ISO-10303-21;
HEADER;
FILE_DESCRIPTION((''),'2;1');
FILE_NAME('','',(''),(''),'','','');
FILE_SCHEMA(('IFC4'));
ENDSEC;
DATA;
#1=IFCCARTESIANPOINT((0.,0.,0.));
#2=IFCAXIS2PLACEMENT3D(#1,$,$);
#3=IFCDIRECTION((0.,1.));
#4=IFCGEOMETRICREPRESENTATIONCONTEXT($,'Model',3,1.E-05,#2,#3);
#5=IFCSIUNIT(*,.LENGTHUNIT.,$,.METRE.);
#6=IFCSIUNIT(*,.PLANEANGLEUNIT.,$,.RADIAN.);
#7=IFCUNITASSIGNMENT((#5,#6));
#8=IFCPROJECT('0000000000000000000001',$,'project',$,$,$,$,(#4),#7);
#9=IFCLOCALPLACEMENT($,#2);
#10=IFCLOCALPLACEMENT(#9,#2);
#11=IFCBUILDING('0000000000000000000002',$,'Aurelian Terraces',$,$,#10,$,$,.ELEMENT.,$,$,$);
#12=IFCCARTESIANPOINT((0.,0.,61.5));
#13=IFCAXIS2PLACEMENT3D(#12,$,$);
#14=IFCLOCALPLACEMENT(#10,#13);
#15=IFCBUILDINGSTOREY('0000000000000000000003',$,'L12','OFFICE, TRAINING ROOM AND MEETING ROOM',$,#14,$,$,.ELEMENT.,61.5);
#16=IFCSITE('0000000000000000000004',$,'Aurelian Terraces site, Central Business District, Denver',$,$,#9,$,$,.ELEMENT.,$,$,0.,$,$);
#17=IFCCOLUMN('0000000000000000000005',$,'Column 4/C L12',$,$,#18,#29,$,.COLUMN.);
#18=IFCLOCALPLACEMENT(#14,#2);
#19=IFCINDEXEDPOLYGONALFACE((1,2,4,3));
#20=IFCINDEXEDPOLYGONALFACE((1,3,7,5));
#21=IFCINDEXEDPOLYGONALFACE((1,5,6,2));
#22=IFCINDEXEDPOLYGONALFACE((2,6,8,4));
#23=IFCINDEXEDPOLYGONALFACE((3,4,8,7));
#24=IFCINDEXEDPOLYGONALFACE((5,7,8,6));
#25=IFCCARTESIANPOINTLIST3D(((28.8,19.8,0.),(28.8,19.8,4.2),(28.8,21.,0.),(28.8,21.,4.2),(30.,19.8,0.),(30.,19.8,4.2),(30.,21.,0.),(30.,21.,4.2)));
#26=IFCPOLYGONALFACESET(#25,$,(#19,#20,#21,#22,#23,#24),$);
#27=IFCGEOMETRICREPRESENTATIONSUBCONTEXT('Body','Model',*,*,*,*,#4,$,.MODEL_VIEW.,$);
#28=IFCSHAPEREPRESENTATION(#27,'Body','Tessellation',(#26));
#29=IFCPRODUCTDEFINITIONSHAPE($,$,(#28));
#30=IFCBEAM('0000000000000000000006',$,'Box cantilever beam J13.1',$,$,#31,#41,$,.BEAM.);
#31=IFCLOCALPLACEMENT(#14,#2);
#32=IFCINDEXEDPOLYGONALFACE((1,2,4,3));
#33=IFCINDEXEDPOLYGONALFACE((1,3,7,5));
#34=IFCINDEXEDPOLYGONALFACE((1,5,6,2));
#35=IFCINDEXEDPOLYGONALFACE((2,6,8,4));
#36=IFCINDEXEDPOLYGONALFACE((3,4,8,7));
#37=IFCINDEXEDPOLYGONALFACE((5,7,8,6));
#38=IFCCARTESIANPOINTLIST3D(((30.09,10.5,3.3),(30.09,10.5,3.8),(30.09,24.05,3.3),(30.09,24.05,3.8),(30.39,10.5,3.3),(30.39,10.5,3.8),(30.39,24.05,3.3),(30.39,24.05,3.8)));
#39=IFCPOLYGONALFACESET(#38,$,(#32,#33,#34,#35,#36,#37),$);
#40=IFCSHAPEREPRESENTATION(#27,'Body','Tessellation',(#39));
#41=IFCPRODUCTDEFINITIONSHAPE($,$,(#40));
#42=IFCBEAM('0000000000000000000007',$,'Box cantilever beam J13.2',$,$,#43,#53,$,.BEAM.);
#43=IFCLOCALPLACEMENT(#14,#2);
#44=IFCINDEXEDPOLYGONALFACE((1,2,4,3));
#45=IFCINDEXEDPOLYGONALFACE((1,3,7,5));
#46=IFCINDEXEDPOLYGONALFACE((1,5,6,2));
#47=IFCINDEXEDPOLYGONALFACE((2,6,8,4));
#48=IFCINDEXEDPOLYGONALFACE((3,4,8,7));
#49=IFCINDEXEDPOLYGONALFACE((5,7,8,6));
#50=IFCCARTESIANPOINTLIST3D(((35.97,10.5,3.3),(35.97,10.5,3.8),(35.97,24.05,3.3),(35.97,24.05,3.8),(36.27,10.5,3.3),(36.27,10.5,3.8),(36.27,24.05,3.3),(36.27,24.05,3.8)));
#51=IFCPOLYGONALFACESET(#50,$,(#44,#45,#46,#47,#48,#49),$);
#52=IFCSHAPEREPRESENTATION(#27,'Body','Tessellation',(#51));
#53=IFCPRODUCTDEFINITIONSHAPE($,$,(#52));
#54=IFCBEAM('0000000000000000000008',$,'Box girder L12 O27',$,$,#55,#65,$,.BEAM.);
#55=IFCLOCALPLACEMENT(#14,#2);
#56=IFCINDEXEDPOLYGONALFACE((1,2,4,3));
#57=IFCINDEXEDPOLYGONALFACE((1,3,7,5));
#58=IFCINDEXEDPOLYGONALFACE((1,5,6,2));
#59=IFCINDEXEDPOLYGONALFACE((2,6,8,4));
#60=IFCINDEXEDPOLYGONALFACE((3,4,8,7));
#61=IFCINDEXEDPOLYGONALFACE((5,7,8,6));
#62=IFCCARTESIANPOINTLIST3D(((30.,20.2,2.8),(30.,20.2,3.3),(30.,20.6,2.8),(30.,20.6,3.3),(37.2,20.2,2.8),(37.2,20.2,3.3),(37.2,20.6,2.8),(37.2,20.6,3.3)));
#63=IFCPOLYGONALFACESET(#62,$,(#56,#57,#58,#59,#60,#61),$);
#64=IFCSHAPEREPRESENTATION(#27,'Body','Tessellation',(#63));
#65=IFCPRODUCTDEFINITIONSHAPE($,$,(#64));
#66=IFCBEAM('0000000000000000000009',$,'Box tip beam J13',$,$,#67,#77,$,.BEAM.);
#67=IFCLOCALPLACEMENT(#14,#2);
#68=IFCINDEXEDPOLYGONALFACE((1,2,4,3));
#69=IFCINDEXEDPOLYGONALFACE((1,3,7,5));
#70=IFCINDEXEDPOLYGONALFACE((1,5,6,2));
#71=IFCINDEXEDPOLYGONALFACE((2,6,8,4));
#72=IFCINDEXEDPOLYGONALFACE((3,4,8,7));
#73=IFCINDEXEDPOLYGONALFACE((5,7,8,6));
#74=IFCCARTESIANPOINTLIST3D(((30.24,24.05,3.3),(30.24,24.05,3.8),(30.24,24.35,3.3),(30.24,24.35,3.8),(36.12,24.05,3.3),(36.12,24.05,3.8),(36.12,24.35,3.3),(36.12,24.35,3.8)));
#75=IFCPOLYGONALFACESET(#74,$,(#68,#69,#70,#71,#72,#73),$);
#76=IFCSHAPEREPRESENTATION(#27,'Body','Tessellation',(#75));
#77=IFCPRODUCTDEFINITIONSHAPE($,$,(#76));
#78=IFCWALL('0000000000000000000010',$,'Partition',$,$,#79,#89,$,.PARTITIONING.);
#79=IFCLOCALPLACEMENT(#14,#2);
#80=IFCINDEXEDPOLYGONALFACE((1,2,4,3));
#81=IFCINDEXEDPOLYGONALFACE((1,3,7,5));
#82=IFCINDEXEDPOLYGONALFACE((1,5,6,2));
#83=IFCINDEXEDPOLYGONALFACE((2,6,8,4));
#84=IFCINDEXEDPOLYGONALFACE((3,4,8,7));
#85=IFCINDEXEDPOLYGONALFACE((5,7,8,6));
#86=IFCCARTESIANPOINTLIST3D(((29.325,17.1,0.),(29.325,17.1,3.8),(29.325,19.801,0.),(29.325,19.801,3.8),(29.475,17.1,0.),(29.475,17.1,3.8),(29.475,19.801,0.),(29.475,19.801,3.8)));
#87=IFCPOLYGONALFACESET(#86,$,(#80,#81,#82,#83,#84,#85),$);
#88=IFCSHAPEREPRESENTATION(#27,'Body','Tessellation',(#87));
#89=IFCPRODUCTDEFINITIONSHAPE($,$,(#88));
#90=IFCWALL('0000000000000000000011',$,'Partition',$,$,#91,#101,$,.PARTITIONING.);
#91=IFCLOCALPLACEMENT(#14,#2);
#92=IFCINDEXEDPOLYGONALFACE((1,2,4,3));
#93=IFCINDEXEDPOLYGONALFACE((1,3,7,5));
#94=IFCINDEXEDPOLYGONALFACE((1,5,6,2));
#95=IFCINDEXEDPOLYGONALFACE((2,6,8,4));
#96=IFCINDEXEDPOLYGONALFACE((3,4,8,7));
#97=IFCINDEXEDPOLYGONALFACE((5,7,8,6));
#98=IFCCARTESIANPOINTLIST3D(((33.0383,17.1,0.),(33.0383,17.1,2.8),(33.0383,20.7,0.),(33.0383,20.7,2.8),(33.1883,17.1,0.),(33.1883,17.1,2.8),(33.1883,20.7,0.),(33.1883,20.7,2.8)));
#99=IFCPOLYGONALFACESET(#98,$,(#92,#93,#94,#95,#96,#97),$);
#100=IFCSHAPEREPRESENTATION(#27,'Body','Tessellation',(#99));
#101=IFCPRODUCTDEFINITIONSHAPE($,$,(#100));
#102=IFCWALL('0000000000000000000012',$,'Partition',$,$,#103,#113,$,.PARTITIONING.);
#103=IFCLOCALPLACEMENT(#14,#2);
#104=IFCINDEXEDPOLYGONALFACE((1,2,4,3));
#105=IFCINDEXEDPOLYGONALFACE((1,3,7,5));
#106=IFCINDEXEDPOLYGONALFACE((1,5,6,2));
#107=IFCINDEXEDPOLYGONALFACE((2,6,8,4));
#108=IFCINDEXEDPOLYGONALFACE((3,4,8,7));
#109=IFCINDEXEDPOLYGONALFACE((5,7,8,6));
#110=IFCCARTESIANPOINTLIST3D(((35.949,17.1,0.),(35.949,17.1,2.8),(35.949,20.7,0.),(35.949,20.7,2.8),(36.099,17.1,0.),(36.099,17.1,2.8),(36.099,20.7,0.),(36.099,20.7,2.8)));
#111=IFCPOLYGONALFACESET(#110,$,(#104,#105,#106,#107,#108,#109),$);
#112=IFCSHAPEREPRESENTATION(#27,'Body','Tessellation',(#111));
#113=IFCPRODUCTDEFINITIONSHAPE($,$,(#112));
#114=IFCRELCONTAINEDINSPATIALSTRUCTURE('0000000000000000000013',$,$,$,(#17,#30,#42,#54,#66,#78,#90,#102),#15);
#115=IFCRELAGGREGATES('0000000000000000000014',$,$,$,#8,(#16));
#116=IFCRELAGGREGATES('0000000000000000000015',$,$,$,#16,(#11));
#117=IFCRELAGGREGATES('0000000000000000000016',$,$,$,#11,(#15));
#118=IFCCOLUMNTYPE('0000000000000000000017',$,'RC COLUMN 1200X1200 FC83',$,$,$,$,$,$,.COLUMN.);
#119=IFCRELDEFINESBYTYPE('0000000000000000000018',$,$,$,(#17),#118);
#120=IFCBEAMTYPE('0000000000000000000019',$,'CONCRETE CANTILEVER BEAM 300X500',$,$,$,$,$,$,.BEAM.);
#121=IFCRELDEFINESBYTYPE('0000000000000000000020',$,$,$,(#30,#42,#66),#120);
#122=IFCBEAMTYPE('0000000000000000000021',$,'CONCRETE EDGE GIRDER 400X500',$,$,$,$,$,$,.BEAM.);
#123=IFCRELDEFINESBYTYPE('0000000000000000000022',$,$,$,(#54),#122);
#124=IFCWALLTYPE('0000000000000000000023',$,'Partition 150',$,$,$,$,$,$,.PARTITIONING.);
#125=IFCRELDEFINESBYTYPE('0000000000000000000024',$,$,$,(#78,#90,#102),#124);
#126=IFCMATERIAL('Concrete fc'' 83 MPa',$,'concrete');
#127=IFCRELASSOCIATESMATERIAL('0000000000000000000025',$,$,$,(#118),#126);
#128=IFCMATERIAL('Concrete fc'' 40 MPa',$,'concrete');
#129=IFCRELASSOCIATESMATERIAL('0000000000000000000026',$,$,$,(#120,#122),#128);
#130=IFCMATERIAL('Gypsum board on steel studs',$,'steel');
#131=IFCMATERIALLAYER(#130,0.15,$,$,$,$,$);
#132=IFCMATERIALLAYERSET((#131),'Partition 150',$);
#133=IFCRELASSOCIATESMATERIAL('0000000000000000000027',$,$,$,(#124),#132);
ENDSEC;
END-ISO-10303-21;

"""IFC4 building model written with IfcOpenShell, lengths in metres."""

from ifc_helpers import new_model, si_unit, direction, frame, frame_2d, origin, origin_2d, place, context, subcontext, project, spatial, rectangle, extrude, source, transform, mapped, material, layer, layer_set, material_profile, profile_set, type_object, element, save


model = new_model("IFC4")

# Units and contexts
model_context = context("Model", 3, precision=1e-05, world=origin(), true_north=direction((0.0, 1.0)))
body_context = subcontext(model_context, "Body", "Model", "MODEL_VIEW")
ifc_project = project(units=[si_unit("LENGTHUNIT", "METRE"), si_unit("PLANEANGLEUNIT", "RADIAN")], contexts=[model_context])

# Site, building, storey
site_placement = place(None, origin())
site = spatial("IfcSite", under=ifc_project, at=site_placement, Name="Aurelian Terraces site, Central Business District, Denver", CompositionType="ELEMENT", RefElevation=0.0)
building_placement = place(site_placement, origin())
building = spatial("IfcBuilding", under=site, at=building_placement, Name="Aurelian Terraces", CompositionType="ELEMENT")
storey_placement = place(building_placement, frame((0.0, 0.0, 61.5)))
storey = spatial("IfcBuildingStorey", under=building, at=storey_placement, Name="L12", Description="OFFICE, TRAINING ROOM AND MEETING ROOM", CompositionType="ELEMENT", Elevation=61.5)

# Column
ifc_material_1 = material(Name="Concrete fc' 83 MPa", Category="concrete")
ifc_material_profile_1 = material_profile(ifc_material_1, rectangle(XDim=1.2, YDim=1.2, at=origin_2d()))
ifc_profile_set_1 = profile_set([ifc_material_profile_1], Name="Concrete fc' 83 MPa")
column_type = type_object("IfcColumnType", Name="RC COLUMN 1200X1200 FC83", PredefinedType="COLUMN", material=ifc_profile_set_1)
shared_shape_1 = source(origin(), body_context, "Body", "SweptSolid", [
    extrude(rectangle(XDim=1.2, YDim=1.2, at=origin_2d()), origin(), (0.0, 0.0, 1.0), 4.2),
])
column_placement = place(storey_placement, frame((29.4, 20.4, 0.0), z_axis=(0.0, 0.0, 1.0), x_axis=(1.0, 0.0, 0.0)))
element("IfcColumn", 1, at=column_placement, inside=storey, type_object=column_type, Name="Column 4/C L12", PredefinedType="COLUMN", context=body_context, shape_type="MappedRepresentation", body=[
    mapped(shared_shape_1, transform((0.0, 0.0, 0.0), scale=1.0)),
])

# Beams
ifc_material_2 = material(Name="Concrete fc' 40 MPa", Category="concrete")
ifc_material_profile_2 = material_profile(ifc_material_2, rectangle(XDim=0.3, YDim=0.5, at=origin_2d()))
ifc_profile_set_2 = profile_set([ifc_material_profile_2], Name="Concrete fc' 40 MPa")
beam_type_1 = type_object("IfcBeamType", Name="CONCRETE CANTILEVER BEAM 300X500", PredefinedType="BEAM", material=ifc_profile_set_2)
shared_shape_2 = source(origin(), body_context, "Body", "SweptSolid", [
    extrude(rectangle(XDim=0.3, YDim=0.5, at=origin_2d()), origin(), (0.0, 0.0, 1.0), 13.55),
])
for number, where, z_axis, x_axis, name in (
    (2, (30.24, 24.05, 3.55), (0.0, -1.0, 0.0), (1.0, 0.0, 0.0), "Box cantilever beam J13.1"),
    (3, (36.12, 24.05, 3.55), (0.0, -1.0, 0.0), (1.0, 0.0, 0.0), "Box cantilever beam J13.2"),
):
    element("IfcBeam", number, at=place(storey_placement, frame(where, z_axis=z_axis, x_axis=x_axis)), inside=storey, type_object=beam_type_1, Name=name, PredefinedType="BEAM", context=body_context, shape_type="MappedRepresentation", body=[
        mapped(shared_shape_2, transform((0.0, 0.0, 0.0), scale=1.0)),
    ])
ifc_material_profile_3 = material_profile(ifc_material_2, rectangle(XDim=0.4, YDim=0.5, at=origin_2d()))
ifc_profile_set_3 = profile_set([ifc_material_profile_3], Name="Concrete fc' 40 MPa")
beam_type_2 = type_object("IfcBeamType", Name="CONCRETE EDGE GIRDER 400X500", PredefinedType="BEAM", material=ifc_profile_set_3)
shared_shape_3 = source(origin(), body_context, "Body", "SweptSolid", [
    extrude(rectangle(XDim=0.4, YDim=0.5, at=origin_2d()), origin(), (0.0, 0.0, 1.0), 7.2),
])
beam_1_placement = place(storey_placement, frame((30.0, 20.4, 3.05), z_axis=(1.0, 0.0, 0.0), x_axis=(0.0, 1.0, 0.0)))
element("IfcBeam", 4, at=beam_1_placement, inside=storey, type_object=beam_type_2, Name="Box girder L12 O27", PredefinedType="BEAM", context=body_context, shape_type="MappedRepresentation", body=[
    mapped(shared_shape_3, transform((0.0, 0.0, 0.0), scale=1.0)),
])
shared_shape_4 = source(origin(), body_context, "Body", "SweptSolid", [
    extrude(rectangle(XDim=0.3, YDim=0.5, at=origin_2d()), origin(), (0.0, 0.0, 1.0), 5.88),
])
beam_2_placement = place(storey_placement, frame((30.24, 24.2, 3.55), z_axis=(1.0, 0.0, 0.0), x_axis=(0.0, 1.0, 0.0)))
element("IfcBeam", 5, at=beam_2_placement, inside=storey, type_object=beam_type_1, Name="Box tip beam J13", PredefinedType="BEAM", context=body_context, shape_type="MappedRepresentation", body=[
    mapped(shared_shape_4, transform((0.0, 0.0, 0.0), scale=1.0)),
])

# Walls
ifc_material_3 = material(Name="Gypsum board on steel studs", Category="steel")
ifc_layer_1 = layer(ifc_material_3, 0.15)
ifc_layer_set_1 = layer_set([ifc_layer_1], Name="Partition 150")
wall_type_1 = type_object("IfcWallType", Name="Partition 150", PredefinedType="PARTITIONING", material=ifc_layer_set_1)
shared_shape_5 = source(origin(), body_context, "Body", "SweptSolid", [
    extrude(rectangle(XDim=2.701, YDim=0.15, at=frame_2d((1.3505, 0.0))), origin(), (0.0, 0.0, 1.0), 3.8),
])
wall_1_placement = place(storey_placement, frame((29.4, 17.1, 0.0), z_axis=(0.0, 0.0, 1.0), x_axis=(0.0, 1.0, 0.0)))
element("IfcWall", 6, at=wall_1_placement, inside=storey, type_object=wall_type_1, Name="Partition", PredefinedType="PARTITIONING", context=body_context, shape_type="MappedRepresentation", body=[
    mapped(shared_shape_5, transform((0.0, 0.0, 0.0), scale=1.0)),
])
shared_shape_6 = source(origin(), body_context, "Body", "SweptSolid", [
    extrude(rectangle(XDim=3.6, YDim=0.15, at=frame_2d((1.8, 0.0))), origin(), (0.0, 0.0, 1.0), 2.8),
])
for number, where, z_axis, x_axis, name in (
    (7, (33.1133, 20.7, 0.0), (0.0, 0.0, 1.0), (0.0, -1.0, 0.0), "Partition"),
    (8, (36.024, 20.7, 0.0), (0.0, 0.0, 1.0), (0.0, -1.0, 0.0), "Partition"),
):
    element("IfcWall", number, at=place(storey_placement, frame(where, z_axis=z_axis, x_axis=x_axis)), inside=storey, type_object=wall_type_1, Name=name, PredefinedType="PARTITIONING", context=body_context, shape_type="MappedRepresentation", body=[
        mapped(shared_shape_6, transform((0.0, 0.0, 0.0), scale=1.0)),
    ])

save(model, "model.ifc")
